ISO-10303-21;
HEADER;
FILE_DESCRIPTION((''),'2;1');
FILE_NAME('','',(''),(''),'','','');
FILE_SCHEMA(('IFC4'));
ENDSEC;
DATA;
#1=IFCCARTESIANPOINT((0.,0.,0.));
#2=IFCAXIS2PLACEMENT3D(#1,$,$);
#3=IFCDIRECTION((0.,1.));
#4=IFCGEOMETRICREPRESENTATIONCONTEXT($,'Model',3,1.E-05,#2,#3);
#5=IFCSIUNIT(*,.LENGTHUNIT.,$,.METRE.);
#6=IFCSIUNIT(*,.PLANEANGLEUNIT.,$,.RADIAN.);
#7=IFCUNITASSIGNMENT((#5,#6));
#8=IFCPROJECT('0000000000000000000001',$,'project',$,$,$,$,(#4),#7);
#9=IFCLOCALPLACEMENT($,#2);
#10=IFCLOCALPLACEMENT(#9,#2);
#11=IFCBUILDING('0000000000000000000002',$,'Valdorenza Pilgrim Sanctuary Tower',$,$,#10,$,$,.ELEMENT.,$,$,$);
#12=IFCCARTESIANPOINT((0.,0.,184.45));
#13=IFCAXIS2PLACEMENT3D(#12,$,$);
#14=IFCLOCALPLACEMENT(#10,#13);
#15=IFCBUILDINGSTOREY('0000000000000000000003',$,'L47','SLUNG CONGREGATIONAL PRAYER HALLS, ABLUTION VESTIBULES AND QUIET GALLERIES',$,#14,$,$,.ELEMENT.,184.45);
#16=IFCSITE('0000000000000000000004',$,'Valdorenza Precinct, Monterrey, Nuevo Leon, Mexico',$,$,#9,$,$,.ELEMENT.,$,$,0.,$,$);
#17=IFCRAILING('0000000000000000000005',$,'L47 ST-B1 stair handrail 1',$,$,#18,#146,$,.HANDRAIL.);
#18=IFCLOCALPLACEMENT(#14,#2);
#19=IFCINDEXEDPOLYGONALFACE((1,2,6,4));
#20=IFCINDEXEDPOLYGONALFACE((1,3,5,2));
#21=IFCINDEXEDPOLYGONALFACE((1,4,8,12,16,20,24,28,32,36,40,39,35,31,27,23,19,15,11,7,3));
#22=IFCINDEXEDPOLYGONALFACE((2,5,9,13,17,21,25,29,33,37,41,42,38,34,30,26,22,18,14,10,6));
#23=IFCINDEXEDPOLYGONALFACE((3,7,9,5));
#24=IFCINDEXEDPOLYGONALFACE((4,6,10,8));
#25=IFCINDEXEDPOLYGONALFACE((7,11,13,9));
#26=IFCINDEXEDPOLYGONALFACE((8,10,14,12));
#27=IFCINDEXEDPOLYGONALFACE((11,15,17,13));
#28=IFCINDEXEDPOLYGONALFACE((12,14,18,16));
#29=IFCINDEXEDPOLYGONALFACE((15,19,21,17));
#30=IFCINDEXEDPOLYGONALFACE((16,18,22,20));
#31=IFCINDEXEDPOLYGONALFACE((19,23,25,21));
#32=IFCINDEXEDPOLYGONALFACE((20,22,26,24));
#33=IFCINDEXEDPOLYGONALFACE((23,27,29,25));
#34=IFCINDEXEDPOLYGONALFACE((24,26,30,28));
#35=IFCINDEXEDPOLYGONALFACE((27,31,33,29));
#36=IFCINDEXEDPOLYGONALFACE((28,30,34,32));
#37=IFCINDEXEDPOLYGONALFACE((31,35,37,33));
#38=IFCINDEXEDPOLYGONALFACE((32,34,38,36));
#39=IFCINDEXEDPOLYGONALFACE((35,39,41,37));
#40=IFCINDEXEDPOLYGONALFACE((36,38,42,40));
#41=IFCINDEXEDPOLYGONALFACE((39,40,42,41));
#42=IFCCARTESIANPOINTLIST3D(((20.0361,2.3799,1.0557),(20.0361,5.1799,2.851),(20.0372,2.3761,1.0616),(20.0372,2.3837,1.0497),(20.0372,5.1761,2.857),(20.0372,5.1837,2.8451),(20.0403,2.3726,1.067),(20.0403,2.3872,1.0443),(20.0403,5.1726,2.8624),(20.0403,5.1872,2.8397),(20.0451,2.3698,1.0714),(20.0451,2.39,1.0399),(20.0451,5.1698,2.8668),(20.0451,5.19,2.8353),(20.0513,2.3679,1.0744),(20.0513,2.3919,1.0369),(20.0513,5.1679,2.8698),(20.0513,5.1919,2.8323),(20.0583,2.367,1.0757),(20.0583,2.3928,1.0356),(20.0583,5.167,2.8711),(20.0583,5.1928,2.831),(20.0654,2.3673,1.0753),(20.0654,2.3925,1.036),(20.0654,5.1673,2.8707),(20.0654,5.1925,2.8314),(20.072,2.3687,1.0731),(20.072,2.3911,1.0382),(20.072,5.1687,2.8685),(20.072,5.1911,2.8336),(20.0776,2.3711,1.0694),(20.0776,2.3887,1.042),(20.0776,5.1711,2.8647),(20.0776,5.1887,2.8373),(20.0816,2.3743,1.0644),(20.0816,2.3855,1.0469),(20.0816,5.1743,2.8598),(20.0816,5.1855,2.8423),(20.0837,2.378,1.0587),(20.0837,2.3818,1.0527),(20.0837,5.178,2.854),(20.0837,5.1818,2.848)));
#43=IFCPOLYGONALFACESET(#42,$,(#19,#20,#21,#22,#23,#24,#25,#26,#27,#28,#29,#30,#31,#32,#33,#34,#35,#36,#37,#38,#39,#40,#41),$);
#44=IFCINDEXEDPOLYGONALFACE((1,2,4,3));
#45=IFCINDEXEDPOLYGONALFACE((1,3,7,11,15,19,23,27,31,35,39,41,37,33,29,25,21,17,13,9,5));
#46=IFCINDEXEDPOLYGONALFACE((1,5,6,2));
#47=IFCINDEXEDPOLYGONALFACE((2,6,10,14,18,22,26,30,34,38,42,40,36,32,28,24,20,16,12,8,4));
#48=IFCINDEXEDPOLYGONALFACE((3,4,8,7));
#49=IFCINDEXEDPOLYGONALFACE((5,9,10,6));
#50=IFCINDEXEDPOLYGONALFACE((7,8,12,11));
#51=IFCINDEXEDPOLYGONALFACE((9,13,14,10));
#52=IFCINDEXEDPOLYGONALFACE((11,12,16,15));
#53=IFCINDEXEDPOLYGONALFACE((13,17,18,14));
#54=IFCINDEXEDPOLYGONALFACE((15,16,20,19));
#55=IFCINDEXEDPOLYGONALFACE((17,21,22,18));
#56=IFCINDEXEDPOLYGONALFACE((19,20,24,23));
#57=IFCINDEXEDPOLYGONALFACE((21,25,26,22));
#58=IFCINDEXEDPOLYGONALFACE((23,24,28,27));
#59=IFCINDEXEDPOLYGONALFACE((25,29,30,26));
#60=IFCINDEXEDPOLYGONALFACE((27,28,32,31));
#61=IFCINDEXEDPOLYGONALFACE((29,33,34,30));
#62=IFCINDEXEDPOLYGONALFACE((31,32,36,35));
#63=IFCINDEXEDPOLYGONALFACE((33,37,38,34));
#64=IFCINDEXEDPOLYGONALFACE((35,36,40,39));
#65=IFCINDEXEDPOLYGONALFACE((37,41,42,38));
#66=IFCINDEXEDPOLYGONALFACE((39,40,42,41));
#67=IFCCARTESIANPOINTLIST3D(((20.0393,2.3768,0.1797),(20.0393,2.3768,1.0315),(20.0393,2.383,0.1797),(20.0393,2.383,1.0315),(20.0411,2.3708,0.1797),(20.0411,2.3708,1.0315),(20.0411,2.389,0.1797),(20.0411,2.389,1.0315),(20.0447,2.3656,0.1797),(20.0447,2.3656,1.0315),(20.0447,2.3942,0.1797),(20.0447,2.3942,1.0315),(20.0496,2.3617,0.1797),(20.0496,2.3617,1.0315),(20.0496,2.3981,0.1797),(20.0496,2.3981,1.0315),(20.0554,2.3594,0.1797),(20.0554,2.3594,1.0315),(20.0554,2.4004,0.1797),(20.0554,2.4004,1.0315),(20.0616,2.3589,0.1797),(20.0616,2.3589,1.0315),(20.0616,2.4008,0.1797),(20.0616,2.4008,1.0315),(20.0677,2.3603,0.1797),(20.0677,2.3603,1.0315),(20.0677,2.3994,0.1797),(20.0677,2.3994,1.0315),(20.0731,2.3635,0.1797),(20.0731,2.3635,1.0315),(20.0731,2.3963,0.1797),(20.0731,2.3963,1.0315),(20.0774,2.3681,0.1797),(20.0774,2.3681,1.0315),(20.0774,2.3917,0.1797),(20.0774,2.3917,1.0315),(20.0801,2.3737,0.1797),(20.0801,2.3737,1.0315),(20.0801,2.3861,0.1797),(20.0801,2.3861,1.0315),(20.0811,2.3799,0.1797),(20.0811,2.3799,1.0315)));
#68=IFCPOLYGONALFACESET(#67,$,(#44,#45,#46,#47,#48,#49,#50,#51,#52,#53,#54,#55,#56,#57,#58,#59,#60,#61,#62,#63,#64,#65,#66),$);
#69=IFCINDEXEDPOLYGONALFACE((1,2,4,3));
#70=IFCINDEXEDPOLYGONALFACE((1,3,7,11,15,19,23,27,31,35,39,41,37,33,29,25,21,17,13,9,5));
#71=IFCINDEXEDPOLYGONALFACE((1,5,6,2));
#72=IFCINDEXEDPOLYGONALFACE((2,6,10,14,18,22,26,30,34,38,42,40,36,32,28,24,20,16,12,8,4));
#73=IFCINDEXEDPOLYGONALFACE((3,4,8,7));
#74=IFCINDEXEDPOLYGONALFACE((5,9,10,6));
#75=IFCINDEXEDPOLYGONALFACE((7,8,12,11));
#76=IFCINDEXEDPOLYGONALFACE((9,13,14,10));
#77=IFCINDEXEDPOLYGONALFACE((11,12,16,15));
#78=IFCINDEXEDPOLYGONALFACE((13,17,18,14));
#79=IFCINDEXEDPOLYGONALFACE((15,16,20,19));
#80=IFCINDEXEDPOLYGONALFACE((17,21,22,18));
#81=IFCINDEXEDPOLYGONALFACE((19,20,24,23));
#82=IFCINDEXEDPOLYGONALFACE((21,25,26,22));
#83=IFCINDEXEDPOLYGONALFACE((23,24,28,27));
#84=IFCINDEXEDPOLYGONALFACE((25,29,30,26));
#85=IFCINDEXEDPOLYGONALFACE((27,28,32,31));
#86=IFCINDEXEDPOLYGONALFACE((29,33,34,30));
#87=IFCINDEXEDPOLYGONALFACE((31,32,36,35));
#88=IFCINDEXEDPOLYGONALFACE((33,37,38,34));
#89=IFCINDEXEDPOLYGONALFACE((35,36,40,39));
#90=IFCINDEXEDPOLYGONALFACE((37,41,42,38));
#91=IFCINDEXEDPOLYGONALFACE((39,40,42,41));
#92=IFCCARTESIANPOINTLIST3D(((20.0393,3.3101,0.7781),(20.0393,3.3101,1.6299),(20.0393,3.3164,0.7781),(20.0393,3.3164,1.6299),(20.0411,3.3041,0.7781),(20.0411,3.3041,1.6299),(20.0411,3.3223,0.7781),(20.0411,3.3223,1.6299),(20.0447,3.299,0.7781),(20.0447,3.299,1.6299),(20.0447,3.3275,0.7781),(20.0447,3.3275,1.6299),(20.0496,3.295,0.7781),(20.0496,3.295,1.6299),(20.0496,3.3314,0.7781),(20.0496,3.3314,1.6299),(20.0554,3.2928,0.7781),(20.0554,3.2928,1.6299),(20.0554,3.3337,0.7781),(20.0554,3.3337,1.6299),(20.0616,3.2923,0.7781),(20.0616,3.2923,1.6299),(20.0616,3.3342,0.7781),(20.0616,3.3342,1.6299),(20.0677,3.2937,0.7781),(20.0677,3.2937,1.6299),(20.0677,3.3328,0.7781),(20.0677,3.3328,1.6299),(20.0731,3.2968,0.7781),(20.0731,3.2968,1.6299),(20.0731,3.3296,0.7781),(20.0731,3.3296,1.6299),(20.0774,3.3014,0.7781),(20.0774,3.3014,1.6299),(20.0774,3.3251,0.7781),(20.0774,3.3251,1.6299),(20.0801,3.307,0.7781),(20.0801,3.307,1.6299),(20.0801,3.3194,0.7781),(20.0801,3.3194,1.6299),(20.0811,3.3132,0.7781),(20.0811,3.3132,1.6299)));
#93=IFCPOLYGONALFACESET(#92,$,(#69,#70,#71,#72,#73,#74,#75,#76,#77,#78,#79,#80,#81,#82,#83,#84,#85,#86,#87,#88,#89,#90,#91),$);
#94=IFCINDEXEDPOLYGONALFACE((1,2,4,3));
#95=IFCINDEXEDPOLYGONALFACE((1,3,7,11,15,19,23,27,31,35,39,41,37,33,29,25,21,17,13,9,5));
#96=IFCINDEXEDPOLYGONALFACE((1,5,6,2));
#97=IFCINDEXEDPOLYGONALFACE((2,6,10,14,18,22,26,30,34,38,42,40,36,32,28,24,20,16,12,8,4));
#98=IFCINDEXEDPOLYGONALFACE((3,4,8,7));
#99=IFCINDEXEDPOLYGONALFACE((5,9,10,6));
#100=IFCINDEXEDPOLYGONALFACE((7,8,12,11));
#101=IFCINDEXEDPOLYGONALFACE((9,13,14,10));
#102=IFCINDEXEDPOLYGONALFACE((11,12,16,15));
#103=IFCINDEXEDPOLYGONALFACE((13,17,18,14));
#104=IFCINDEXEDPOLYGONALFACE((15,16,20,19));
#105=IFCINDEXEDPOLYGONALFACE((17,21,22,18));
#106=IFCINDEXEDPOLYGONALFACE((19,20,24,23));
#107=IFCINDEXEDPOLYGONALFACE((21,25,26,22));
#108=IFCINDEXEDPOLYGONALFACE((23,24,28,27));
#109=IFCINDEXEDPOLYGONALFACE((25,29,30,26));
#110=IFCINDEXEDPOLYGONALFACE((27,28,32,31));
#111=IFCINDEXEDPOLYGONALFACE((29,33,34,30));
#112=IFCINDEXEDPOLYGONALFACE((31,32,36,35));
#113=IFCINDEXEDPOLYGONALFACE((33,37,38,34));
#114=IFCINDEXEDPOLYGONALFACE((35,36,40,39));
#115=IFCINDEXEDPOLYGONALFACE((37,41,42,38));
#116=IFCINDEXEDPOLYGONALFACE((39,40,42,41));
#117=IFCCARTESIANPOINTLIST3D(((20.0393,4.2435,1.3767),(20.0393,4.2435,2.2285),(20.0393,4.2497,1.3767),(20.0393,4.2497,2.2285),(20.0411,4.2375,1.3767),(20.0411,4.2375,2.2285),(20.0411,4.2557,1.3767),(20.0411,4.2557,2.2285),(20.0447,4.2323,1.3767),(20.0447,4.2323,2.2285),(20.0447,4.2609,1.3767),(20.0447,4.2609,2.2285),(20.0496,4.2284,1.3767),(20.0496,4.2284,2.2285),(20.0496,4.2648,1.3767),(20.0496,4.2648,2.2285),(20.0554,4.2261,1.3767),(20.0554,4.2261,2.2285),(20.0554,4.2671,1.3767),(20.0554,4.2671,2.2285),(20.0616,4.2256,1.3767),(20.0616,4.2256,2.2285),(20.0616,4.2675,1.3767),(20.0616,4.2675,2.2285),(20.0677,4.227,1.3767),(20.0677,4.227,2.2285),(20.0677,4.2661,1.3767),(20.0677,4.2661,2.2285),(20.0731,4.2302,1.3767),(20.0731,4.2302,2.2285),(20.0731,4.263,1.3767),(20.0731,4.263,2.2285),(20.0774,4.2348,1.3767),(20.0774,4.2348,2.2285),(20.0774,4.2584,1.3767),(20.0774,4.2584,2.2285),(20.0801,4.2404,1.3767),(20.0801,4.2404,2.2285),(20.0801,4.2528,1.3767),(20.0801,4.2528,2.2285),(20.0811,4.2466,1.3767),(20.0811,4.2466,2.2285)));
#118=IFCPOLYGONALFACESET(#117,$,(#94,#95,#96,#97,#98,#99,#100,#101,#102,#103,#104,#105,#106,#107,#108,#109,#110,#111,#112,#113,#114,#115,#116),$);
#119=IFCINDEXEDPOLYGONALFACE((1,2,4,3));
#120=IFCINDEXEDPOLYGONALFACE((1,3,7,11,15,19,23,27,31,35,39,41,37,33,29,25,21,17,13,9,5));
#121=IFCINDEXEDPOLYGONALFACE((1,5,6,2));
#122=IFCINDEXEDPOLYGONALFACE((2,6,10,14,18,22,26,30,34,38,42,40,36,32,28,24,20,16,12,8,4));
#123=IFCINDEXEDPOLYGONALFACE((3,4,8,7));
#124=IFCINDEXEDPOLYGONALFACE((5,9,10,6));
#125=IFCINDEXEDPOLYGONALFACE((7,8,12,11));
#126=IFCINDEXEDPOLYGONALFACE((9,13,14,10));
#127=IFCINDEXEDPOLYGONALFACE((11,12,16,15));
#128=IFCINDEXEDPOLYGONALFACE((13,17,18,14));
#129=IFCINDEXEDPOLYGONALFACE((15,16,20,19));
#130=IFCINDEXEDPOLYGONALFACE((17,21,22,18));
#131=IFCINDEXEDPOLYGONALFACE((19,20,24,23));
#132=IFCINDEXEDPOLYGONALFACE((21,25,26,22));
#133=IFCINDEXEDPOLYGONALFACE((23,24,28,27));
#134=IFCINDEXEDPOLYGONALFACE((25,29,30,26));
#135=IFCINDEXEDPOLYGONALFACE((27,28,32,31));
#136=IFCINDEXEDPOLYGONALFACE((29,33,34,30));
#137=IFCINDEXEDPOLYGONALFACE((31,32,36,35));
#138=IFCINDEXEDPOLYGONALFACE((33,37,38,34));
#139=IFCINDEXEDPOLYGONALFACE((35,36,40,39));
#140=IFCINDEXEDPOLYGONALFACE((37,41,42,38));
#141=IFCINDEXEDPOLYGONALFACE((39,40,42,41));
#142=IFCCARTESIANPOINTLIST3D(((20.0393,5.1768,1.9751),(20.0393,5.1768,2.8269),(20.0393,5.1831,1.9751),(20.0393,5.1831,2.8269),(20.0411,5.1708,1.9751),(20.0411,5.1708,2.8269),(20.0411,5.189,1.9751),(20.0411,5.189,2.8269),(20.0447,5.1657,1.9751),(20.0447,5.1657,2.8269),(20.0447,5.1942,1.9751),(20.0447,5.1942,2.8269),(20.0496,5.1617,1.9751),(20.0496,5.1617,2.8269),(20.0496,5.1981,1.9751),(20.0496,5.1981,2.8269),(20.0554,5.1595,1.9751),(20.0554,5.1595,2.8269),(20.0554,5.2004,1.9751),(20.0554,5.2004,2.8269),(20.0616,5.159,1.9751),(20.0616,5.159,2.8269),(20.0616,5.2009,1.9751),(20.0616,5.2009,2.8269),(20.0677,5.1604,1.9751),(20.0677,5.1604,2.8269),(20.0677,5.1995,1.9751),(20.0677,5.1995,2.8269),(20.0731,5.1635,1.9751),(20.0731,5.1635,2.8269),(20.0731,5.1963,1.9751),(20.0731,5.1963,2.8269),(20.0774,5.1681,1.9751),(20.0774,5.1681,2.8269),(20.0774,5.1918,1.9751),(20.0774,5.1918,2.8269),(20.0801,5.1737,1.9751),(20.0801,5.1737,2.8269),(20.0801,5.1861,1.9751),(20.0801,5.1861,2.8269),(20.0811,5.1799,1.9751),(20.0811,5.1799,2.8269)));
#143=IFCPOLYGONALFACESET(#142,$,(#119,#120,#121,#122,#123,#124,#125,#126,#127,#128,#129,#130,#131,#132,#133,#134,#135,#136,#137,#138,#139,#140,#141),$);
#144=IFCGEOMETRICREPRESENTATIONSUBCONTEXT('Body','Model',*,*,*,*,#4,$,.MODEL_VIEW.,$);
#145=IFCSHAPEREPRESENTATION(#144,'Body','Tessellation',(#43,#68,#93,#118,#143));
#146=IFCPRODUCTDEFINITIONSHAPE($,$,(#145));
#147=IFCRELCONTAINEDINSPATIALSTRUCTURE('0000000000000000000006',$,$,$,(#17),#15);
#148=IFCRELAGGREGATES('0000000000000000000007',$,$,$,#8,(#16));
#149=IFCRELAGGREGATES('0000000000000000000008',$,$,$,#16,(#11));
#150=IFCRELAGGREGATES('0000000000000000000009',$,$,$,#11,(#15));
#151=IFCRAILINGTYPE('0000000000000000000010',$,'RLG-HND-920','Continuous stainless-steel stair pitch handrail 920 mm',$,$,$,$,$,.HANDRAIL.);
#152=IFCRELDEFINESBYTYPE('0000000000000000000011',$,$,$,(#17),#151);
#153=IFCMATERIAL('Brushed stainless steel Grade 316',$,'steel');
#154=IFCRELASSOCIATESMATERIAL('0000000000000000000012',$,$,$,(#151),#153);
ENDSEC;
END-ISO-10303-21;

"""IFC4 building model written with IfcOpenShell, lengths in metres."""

from ifc_helpers import new_model, si_unit, direction, frame, origin, origin_2d, place, context, subcontext, project, spatial, circle, extrude, material, type_object, element, save


model = new_model("IFC4")

# Units and contexts
model_context = context("Model", 3, precision=1e-05, world=origin(), true_north=direction((0.0, 1.0)))
body_context = subcontext(model_context, "Body", "Model", "MODEL_VIEW")
ifc_project = project(units=[si_unit("LENGTHUNIT", "METRE"), si_unit("PLANEANGLEUNIT", "RADIAN")], contexts=[model_context])

# Site, building, storey
site_placement = place(None, origin())
site = spatial("IfcSite", under=ifc_project, at=site_placement, Name="Valdorenza Precinct, Monterrey, Nuevo Leon, Mexico", CompositionType="ELEMENT", RefElevation=0.0)
building_placement = place(site_placement, origin())
building = spatial("IfcBuilding", under=site, at=building_placement, Name="Valdorenza Pilgrim Sanctuary Tower", CompositionType="ELEMENT")
storey_placement = place(building_placement, frame((0.0, 0.0, 184.45)))
storey = spatial("IfcBuildingStorey", under=building, at=storey_placement, Name="L47", Description="SLUNG CONGREGATIONAL PRAYER HALLS, ABLUTION VESTIBULES AND QUIET GALLERIES", CompositionType="ELEMENT", Elevation=184.45)

# Shared definitions
ifc_material_1 = material(Name="Brushed stainless steel Grade 316", Category="steel")

# Railing
railing_type_1 = type_object("IfcRailingType", Name="RLG-HND-920", Description="Continuous stainless-steel stair pitch handrail 920 mm", PredefinedType="HANDRAIL", material=ifc_material_1)
railing_1_placement = place(storey_placement, frame((20.0601, 2.3799, 0.1797)))
element("IfcRailing", 1, at=railing_1_placement, inside=storey, type_object=railing_type_1, Name="L47 ST-B1 stair handrail 1", PredefinedType="HANDRAIL", context=body_context, shape_type="SweptSolid", body=[
    extrude(circle(Radius=0.0239, at=origin_2d()), frame((0.0, 0.0, 0.876), z_axis=(0.0, 0.84181, 0.539774), x_axis=(-1.0, 0.0, 0.0)), (0.0, 0.0, 1.0), 3.3262),
    extrude(circle(Radius=0.021, at=origin_2d()), origin(), (0.0, 0.0, 1.0), 0.8518),
    extrude(circle(Radius=0.021, at=origin_2d()), frame((0.0, 0.9333, 0.5984)), (0.0, 0.0, 1.0), 0.8518),
    extrude(circle(Radius=0.021, at=origin_2d()), frame((0.0, 1.8667, 1.197)), (0.0, 0.0, 1.0), 0.8518),
    extrude(circle(Radius=0.021, at=origin_2d()), frame((0.0, 2.8, 1.7954)), (0.0, 0.0, 1.0), 0.8518),
])

save(model, "model.ifc")
